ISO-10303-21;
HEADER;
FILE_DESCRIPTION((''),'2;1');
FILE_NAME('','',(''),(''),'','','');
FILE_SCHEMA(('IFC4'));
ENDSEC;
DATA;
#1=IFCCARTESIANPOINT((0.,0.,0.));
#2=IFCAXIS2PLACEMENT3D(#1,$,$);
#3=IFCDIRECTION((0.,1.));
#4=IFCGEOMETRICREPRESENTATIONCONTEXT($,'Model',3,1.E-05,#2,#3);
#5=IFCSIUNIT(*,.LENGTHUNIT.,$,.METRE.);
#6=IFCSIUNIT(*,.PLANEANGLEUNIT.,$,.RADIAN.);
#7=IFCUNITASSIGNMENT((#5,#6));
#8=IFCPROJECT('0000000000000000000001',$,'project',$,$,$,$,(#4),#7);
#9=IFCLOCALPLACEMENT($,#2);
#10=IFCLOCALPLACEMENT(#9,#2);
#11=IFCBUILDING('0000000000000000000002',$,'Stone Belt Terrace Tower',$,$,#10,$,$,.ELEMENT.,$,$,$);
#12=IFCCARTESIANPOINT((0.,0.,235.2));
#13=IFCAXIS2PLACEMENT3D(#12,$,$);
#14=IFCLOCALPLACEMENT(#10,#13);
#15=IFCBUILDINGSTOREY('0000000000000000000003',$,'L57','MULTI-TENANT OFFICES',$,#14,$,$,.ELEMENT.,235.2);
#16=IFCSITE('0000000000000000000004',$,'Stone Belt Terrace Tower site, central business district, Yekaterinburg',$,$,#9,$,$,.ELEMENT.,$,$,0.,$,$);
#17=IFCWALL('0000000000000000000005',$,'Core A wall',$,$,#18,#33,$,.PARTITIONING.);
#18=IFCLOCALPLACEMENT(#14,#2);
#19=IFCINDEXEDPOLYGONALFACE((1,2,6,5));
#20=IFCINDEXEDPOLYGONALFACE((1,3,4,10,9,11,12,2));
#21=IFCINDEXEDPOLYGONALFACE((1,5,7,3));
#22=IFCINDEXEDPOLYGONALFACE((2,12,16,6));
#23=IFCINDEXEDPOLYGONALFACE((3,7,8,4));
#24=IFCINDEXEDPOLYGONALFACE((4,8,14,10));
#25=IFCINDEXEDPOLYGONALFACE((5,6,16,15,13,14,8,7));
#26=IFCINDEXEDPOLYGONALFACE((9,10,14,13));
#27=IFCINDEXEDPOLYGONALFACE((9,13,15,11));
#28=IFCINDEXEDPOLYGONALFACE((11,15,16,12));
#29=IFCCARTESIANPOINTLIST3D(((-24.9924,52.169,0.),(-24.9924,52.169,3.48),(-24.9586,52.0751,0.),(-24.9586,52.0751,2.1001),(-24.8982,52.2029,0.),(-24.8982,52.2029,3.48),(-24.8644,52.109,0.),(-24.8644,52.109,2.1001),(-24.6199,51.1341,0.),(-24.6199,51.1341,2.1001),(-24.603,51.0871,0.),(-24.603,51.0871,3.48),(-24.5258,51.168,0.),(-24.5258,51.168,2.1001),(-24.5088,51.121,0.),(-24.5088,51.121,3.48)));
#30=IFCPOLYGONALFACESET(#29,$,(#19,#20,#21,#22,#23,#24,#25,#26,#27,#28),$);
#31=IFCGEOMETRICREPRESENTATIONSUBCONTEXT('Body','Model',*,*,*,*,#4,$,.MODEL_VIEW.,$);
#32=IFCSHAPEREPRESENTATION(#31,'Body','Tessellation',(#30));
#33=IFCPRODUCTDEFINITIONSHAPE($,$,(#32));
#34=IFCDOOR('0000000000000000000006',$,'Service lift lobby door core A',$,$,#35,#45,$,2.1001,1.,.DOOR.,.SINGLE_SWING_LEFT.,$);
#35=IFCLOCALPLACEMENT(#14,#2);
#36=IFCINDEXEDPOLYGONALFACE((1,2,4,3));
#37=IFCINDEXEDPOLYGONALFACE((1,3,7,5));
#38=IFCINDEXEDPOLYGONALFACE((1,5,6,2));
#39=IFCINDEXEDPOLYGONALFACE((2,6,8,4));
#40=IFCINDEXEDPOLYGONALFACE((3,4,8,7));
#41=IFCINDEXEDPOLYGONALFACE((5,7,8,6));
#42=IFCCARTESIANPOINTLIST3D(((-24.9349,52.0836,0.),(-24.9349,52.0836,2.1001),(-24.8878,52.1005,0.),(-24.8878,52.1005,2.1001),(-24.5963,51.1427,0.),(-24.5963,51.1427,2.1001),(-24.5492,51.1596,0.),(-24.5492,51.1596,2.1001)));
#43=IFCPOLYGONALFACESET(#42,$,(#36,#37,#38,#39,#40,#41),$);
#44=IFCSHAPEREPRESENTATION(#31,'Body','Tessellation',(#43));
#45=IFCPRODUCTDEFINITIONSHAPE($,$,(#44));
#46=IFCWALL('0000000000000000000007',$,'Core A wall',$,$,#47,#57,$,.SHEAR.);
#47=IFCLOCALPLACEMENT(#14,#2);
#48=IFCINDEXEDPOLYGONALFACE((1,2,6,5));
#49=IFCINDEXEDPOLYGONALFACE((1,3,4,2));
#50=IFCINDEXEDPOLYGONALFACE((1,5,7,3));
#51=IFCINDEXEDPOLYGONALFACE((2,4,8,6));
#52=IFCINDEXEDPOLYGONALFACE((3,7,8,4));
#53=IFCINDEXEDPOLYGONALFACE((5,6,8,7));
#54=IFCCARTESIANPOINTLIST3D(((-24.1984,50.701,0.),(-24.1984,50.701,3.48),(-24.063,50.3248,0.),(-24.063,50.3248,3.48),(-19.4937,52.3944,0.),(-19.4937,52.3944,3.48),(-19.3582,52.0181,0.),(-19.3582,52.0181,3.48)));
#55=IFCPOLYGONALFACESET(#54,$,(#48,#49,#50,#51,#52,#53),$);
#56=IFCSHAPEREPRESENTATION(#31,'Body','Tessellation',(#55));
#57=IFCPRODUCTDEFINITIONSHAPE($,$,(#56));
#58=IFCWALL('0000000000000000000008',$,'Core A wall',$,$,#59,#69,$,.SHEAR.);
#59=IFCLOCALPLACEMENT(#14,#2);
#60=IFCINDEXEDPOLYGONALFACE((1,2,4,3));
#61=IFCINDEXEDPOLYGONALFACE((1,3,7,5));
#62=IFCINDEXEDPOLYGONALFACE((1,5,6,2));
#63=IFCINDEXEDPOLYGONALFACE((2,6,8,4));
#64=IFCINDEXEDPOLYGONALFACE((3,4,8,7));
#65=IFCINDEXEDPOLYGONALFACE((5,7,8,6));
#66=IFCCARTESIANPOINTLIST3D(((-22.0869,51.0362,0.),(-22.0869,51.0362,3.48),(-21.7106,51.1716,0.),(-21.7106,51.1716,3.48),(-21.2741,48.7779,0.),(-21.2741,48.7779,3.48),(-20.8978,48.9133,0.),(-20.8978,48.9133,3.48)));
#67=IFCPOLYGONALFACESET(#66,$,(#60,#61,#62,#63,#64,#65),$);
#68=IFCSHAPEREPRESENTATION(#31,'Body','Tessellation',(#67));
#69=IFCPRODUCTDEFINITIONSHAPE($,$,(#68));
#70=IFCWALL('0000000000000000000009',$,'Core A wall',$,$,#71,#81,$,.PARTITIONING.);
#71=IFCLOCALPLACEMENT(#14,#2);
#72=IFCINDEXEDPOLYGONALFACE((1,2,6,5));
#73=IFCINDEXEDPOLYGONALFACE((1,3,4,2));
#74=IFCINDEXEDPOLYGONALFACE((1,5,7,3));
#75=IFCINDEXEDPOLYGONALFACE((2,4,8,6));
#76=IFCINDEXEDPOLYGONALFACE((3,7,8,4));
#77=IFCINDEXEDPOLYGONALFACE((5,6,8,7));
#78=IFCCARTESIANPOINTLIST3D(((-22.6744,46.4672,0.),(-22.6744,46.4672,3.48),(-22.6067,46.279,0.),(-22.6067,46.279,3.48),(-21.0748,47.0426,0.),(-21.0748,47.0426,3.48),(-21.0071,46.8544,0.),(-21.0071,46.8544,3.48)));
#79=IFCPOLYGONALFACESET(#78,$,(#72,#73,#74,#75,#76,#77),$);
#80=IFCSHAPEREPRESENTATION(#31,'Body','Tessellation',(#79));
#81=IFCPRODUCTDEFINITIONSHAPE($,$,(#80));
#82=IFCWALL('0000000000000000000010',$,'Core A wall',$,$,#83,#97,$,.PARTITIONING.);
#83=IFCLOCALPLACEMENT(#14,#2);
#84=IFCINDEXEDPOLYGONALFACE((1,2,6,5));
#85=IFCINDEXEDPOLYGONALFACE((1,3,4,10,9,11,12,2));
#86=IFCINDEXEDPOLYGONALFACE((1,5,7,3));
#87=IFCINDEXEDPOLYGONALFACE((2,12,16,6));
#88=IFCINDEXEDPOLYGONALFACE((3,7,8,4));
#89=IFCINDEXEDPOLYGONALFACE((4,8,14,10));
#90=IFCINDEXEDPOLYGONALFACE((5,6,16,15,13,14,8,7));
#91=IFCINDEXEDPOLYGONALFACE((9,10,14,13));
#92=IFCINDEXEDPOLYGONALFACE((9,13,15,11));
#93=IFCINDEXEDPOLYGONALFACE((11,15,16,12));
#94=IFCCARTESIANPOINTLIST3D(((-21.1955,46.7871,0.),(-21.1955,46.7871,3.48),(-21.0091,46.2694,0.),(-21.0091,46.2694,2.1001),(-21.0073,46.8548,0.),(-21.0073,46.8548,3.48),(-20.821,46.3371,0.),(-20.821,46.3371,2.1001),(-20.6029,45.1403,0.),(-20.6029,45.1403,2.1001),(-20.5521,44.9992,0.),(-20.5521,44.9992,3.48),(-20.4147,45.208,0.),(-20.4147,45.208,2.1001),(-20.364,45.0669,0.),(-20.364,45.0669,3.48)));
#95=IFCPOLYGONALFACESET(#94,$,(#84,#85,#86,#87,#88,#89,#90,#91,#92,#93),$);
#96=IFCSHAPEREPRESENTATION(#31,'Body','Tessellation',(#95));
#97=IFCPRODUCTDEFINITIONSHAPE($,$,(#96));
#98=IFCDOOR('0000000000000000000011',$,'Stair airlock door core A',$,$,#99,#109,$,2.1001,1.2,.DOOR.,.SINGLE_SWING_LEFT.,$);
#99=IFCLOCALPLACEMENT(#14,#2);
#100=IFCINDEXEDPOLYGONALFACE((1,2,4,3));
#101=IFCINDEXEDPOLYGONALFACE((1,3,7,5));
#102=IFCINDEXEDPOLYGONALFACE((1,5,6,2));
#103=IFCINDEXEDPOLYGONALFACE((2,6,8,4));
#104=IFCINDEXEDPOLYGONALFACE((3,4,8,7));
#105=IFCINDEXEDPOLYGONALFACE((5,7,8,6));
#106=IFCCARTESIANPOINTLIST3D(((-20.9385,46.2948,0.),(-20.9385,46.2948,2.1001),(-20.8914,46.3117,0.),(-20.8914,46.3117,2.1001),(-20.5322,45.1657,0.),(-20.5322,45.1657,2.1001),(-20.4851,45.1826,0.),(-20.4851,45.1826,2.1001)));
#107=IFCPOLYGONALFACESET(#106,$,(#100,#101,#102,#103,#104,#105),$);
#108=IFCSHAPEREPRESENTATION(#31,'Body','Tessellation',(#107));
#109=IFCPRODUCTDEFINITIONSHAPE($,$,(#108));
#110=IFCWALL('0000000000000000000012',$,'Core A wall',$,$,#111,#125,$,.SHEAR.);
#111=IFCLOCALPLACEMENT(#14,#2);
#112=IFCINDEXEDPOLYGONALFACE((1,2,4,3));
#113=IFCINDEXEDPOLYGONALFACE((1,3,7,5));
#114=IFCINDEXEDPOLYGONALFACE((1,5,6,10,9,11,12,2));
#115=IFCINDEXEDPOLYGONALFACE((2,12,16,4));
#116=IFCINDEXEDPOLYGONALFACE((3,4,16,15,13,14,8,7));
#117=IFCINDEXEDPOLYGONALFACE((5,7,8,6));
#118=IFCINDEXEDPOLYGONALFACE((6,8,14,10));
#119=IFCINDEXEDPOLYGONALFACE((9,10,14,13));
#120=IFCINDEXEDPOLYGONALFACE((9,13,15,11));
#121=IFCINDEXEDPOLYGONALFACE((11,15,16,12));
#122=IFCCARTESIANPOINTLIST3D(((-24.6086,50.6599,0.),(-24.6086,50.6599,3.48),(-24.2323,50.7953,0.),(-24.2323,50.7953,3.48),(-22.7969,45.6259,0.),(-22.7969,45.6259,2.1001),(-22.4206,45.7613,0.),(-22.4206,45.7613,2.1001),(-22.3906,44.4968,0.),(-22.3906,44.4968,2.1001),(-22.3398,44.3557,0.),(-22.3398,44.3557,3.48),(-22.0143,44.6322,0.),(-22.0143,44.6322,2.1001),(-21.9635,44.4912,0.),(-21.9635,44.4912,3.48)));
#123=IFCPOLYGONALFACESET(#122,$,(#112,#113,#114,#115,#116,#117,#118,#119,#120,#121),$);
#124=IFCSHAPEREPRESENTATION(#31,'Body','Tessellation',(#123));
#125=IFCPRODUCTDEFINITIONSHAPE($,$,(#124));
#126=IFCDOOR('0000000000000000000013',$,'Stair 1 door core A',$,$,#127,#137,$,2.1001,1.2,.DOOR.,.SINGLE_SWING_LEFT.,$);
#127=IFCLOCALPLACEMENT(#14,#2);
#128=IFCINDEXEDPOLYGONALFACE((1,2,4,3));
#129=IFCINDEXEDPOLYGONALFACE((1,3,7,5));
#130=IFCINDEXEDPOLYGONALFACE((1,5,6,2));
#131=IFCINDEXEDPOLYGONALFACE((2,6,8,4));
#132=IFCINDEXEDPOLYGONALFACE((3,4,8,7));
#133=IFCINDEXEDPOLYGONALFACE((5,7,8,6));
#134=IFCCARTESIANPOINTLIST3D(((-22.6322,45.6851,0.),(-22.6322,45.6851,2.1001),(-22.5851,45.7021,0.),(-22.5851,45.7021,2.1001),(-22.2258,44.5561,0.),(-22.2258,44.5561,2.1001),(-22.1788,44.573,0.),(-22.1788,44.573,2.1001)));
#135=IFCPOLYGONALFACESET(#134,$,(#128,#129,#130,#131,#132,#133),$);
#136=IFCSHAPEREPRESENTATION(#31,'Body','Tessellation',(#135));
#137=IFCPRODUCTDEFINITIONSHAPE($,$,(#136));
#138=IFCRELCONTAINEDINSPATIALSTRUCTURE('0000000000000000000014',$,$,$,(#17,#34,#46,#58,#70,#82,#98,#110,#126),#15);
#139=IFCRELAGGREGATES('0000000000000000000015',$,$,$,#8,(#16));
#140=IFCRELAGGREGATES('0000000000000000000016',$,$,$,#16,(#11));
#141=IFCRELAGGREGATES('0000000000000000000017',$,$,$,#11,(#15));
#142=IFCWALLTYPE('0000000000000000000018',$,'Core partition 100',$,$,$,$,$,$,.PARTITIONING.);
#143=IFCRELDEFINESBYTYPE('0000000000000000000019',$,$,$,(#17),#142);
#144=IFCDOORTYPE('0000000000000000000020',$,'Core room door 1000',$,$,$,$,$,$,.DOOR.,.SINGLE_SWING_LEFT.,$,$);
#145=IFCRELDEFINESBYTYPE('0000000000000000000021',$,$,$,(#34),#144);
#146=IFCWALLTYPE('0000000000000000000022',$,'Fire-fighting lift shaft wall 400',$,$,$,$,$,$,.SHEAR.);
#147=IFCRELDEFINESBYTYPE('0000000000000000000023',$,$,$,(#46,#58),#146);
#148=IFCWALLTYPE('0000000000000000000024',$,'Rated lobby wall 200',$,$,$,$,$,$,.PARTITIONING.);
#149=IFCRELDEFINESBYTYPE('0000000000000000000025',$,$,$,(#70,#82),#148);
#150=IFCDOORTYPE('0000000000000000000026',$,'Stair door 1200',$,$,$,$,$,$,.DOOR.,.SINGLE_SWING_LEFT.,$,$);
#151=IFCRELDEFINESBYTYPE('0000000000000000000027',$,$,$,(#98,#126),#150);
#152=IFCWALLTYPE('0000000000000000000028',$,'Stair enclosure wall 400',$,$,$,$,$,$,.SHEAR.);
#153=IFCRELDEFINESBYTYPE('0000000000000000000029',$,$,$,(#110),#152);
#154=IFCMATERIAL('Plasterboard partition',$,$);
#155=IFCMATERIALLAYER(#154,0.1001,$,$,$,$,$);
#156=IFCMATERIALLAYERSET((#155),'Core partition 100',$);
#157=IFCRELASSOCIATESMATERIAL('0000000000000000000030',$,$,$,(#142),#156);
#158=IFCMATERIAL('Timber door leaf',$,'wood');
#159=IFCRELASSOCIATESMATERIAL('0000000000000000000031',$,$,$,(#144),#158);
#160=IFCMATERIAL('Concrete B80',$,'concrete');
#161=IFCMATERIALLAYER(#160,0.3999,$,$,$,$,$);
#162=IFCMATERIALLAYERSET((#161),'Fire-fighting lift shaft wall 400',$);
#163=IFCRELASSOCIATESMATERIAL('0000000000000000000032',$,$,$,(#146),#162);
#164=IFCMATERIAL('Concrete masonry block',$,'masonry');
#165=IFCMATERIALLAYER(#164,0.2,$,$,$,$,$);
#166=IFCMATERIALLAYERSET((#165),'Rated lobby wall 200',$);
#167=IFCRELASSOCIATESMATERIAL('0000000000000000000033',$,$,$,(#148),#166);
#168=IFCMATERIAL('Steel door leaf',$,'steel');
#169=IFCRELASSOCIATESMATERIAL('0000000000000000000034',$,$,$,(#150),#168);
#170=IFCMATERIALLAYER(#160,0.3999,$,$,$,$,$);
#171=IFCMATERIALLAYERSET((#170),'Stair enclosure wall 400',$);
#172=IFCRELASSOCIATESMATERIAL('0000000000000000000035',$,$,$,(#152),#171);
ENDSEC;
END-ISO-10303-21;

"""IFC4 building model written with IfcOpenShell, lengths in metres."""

from ifc_helpers import new_model, si_unit, direction, frame, frame_2d, origin, place, context, subcontext, project, spatial, rectangle, extrude, material, layer, layer_set, type_object, element, fill, save


model = new_model("IFC4")

# Units and contexts
model_context = context("Model", 3, precision=1e-05, world=origin(), true_north=direction((0.0, 1.0)))
body_context = subcontext(model_context, "Body", "Model", "MODEL_VIEW")
ifc_project = project(units=[si_unit("LENGTHUNIT", "METRE"), si_unit("PLANEANGLEUNIT", "RADIAN")], contexts=[model_context])

# Site, building, storey
site_placement = place(None, origin())
site = spatial("IfcSite", under=ifc_project, at=site_placement, Name="Stone Belt Terrace Tower site, central business district, Yekaterinburg", CompositionType="ELEMENT", RefElevation=0.0)
building_placement = place(site_placement, origin())
building = spatial("IfcBuilding", under=site, at=building_placement, Name="Stone Belt Terrace Tower", CompositionType="ELEMENT")
storey_placement = place(building_placement, frame((0.0, 0.0, 235.2)))
storey = spatial("IfcBuildingStorey", under=building, at=storey_placement, Name="L57", Description="MULTI-TENANT OFFICES", CompositionType="ELEMENT", Elevation=235.2)

# Wall, opening, door
ifc_material_1 = material(Name="Plasterboard partition")
ifc_layer_1 = layer(ifc_material_1, 0.1001)
ifc_layer_set_1 = layer_set([ifc_layer_1], Name="Core partition 100")
wall_type_1 = type_object("IfcWallType", Name="Core partition 100", PredefinedType="PARTITIONING", material=ifc_layer_set_1)
wall_1_placement = place(storey_placement, frame((-24.5559, 51.104, 0.0), z_axis=(0.0, 0.0, 1.0), x_axis=(-0.338622, 0.940923, 0.0)))
wall_1 = element("IfcWall", 1, at=wall_1_placement, inside=storey, type_object=wall_type_1, Name="Core A wall", PredefinedType="PARTITIONING", context=body_context, shape_type="SweptSolid", body=[
    extrude(rectangle(XDim=1.1499, YDim=0.1001, at=frame_2d((0.575, 0.0))), origin(), (0.0, 0.0, 1.0), 3.48),
])
opening_1_placement = place(wall_1_placement, frame((0.05, 0.0, 0.0)))
opening_1 = element("IfcOpeningElement", 2, at=opening_1_placement, cuts=wall_1, PredefinedType="OPENING", context=body_context, shape_type="SweptSolid", body=[
    extrude(rectangle(XDim=1.0, YDim=2.1001, at=frame_2d((0.5, 1.05))), frame((0.0, 0.0601, 0.0), z_axis=(0.0, -1.0, 0.0), x_axis=(1.0, 0.0, 0.0)), (0.0, 0.0, 1.0), 0.1201),
])
ifc_material_2 = material(Name="Timber door leaf", Category="wood")
door_type_1 = type_object("IfcDoorType", Name="Core room door 1000", OperationType="SINGLE_SWING_LEFT", PredefinedType="DOOR", material=ifc_material_2)
door_1_placement = place(opening_1_placement, origin())
door_1 = element("IfcDoor", 3, at=door_1_placement, inside=storey, type_object=door_type_1, Name="Service lift lobby door core A", OperationType="SINGLE_SWING_LEFT", OverallHeight=2.1001, OverallWidth=1.0, PredefinedType="DOOR", context=body_context, shape_type="SweptSolid", body=[
    extrude(rectangle(XDim=1.0, YDim=2.1001, at=frame_2d((0.5, 1.05))), frame((0.0, 0.0249, 0.0), z_axis=(0.0, -1.0, 0.0), x_axis=(1.0, 0.0, 0.0)), (0.0, 0.0, 1.0), 0.05),
])
fill(opening_1, door_1)

# Walls
ifc_material_3 = material(Name="Concrete B80", Category="concrete")
ifc_layer_2 = layer(ifc_material_3, 0.3999)
ifc_layer_set_2 = layer_set([ifc_layer_2], Name="Fire-fighting lift shaft wall 400")
wall_type_2 = type_object("IfcWallType", Name="Fire-fighting lift shaft wall 400", PredefinedType="SHEAR", material=ifc_layer_set_2)
wall_2_placement = place(storey_placement, frame((-24.1306, 50.5129, 0.0), z_axis=(0.0, 0.0, 1.0), x_axis=(0.940912, 0.338652, 0.0)))
element("IfcWall", 4, at=wall_2_placement, inside=storey, type_object=wall_type_2, Name="Core A wall", PredefinedType="SHEAR", context=body_context, shape_type="SweptSolid", body=[
    extrude(rectangle(XDim=5.0002, YDim=0.3999, at=frame_2d((2.5, 0.0))), origin(), (0.0, 0.0, 1.0), 3.48),
])
wall_3_placement = place(storey_placement, frame((-21.0859, 48.8455, 0.0), z_axis=(0.0, 0.0, 1.0), x_axis=(-0.338629, 0.94092, 0.0)))
element("IfcWall", 5, at=wall_3_placement, inside=storey, type_object=wall_type_2, Name="Core A wall", PredefinedType="SHEAR", context=body_context, shape_type="SweptSolid", body=[
    extrude(rectangle(XDim=2.4001, YDim=0.3999, at=frame_2d((1.2002, 0.0))), origin(), (0.0, 0.0, 1.0), 3.48),
])
ifc_material_4 = material(Name="Concrete masonry block", Category="masonry")
ifc_layer_3 = layer(ifc_material_4, 0.2)
ifc_layer_set_3 = layer_set([ifc_layer_3], Name="Rated lobby wall 200")
wall_type_3 = type_object("IfcWallType", Name="Rated lobby wall 200", PredefinedType="PARTITIONING", material=ifc_layer_set_3)
wall_4_placement = place(storey_placement, frame((-22.6406, 46.373, 0.0), z_axis=(0.0, 0.0, 1.0), x_axis=(0.940966, 0.338501, 0.0)))
element("IfcWall", 6, at=wall_4_placement, inside=storey, type_object=wall_type_3, Name="Core A wall", PredefinedType="PARTITIONING", context=body_context, shape_type="SweptSolid", body=[
    extrude(rectangle(XDim=1.7, YDim=0.2, at=frame_2d((0.8501, 0.0))), origin(), (0.0, 0.0, 1.0), 3.48),
])

# Walls, openings, doors
wall_5_placement = place(storey_placement, frame((-20.458, 45.033, 0.0), z_axis=(0.0, 0.0, 1.0), x_axis=(-0.338574, 0.94094, 0.0)))
wall_5 = element("IfcWall", 7, at=wall_5_placement, inside=storey, type_object=wall_type_3, Name="Core A wall", PredefinedType="PARTITIONING", context=body_context, shape_type="SweptSolid", body=[
    extrude(rectangle(XDim=1.9001, YDim=0.2, at=frame_2d((0.9502, 0.0))), origin(), (0.0, 0.0, 1.0), 3.48),
])
opening_2_placement = place(wall_5_placement, frame((0.1499, 0.0, 0.0)))
opening_2 = element("IfcOpeningElement", 8, at=opening_2_placement, cuts=wall_5, PredefinedType="OPENING", context=body_context, shape_type="SweptSolid", body=[
    extrude(rectangle(XDim=1.2, YDim=2.1001, at=frame_2d((0.6001, 1.05))), frame((0.0, 0.1099, 0.0), z_axis=(0.0, -1.0, 0.0), x_axis=(1.0, 0.0, 0.0)), (0.0, 0.0, 1.0), 0.22),
])
ifc_material_5 = material(Name="Steel door leaf", Category="steel")
door_type_2 = type_object("IfcDoorType", Name="Stair door 1200", OperationType="SINGLE_SWING_LEFT", PredefinedType="DOOR", material=ifc_material_5)
door_2_placement = place(opening_2_placement, origin())
door_2 = element("IfcDoor", 9, at=door_2_placement, inside=storey, type_object=door_type_2, Name="Stair airlock door core A", OperationType="SINGLE_SWING_LEFT", OverallHeight=2.1001, OverallWidth=1.2, PredefinedType="DOOR", context=body_context, shape_type="SweptSolid", body=[
    extrude(rectangle(XDim=1.2, YDim=2.1001, at=frame_2d((0.6001, 1.05))), frame((0.0, 0.0249, 0.0), z_axis=(0.0, -1.0, 0.0), x_axis=(1.0, 0.0, 0.0)), (0.0, 0.0, 1.0), 0.05),
])
fill(opening_2, door_2)
ifc_layer_4 = layer(ifc_material_3, 0.3999)
ifc_layer_set_4 = layer_set([ifc_layer_4], Name="Stair enclosure wall 400")
wall_type_4 = type_object("IfcWallType", Name="Stair enclosure wall 400", PredefinedType="SHEAR", material=ifc_layer_set_4)
wall_6_placement = place(storey_placement, frame((-22.1516, 44.4233, 0.0), z_axis=(0.0, 0.0, 1.0), x_axis=(-0.338625, 0.940921, 0.0)))
wall_6 = element("IfcWall", 10, at=wall_6_placement, inside=storey, type_object=wall_type_4, Name="Core A wall", PredefinedType="SHEAR", context=body_context, shape_type="SweptSolid", body=[
    extrude(rectangle(XDim=6.7, YDim=0.3999, at=frame_2d((3.3501, 0.0))), origin(), (0.0, 0.0, 1.0), 3.48),
])
opening_3_placement = place(wall_6_placement, frame((0.1499, 0.0, 0.0)))
opening_3 = element("IfcOpeningElement", 11, at=opening_3_placement, cuts=wall_6, PredefinedType="OPENING", context=body_context, shape_type="SweptSolid", body=[
    extrude(rectangle(XDim=1.2, YDim=2.1001, at=frame_2d((0.6001, 1.05))), frame((0.0, 0.21, 0.0), z_axis=(0.0, -1.0, 0.0), x_axis=(1.0, 0.0, 0.0)), (0.0, 0.0, 1.0), 0.4199),
])
door_3_placement = place(opening_3_placement, origin())
door_3 = element("IfcDoor", 12, at=door_3_placement, inside=storey, type_object=door_type_2, Name="Stair 1 door core A", OperationType="SINGLE_SWING_LEFT", OverallHeight=2.1001, OverallWidth=1.2, PredefinedType="DOOR", context=body_context, shape_type="SweptSolid", body=[
    extrude(rectangle(XDim=1.2, YDim=2.1001, at=frame_2d((0.6001, 1.05))), frame((0.0, 0.0249, 0.0), z_axis=(0.0, -1.0, 0.0), x_axis=(1.0, 0.0, 0.0)), (0.0, 0.0, 1.0), 0.05),
])
fill(opening_3, door_3)

save(model, "model.ifc")
